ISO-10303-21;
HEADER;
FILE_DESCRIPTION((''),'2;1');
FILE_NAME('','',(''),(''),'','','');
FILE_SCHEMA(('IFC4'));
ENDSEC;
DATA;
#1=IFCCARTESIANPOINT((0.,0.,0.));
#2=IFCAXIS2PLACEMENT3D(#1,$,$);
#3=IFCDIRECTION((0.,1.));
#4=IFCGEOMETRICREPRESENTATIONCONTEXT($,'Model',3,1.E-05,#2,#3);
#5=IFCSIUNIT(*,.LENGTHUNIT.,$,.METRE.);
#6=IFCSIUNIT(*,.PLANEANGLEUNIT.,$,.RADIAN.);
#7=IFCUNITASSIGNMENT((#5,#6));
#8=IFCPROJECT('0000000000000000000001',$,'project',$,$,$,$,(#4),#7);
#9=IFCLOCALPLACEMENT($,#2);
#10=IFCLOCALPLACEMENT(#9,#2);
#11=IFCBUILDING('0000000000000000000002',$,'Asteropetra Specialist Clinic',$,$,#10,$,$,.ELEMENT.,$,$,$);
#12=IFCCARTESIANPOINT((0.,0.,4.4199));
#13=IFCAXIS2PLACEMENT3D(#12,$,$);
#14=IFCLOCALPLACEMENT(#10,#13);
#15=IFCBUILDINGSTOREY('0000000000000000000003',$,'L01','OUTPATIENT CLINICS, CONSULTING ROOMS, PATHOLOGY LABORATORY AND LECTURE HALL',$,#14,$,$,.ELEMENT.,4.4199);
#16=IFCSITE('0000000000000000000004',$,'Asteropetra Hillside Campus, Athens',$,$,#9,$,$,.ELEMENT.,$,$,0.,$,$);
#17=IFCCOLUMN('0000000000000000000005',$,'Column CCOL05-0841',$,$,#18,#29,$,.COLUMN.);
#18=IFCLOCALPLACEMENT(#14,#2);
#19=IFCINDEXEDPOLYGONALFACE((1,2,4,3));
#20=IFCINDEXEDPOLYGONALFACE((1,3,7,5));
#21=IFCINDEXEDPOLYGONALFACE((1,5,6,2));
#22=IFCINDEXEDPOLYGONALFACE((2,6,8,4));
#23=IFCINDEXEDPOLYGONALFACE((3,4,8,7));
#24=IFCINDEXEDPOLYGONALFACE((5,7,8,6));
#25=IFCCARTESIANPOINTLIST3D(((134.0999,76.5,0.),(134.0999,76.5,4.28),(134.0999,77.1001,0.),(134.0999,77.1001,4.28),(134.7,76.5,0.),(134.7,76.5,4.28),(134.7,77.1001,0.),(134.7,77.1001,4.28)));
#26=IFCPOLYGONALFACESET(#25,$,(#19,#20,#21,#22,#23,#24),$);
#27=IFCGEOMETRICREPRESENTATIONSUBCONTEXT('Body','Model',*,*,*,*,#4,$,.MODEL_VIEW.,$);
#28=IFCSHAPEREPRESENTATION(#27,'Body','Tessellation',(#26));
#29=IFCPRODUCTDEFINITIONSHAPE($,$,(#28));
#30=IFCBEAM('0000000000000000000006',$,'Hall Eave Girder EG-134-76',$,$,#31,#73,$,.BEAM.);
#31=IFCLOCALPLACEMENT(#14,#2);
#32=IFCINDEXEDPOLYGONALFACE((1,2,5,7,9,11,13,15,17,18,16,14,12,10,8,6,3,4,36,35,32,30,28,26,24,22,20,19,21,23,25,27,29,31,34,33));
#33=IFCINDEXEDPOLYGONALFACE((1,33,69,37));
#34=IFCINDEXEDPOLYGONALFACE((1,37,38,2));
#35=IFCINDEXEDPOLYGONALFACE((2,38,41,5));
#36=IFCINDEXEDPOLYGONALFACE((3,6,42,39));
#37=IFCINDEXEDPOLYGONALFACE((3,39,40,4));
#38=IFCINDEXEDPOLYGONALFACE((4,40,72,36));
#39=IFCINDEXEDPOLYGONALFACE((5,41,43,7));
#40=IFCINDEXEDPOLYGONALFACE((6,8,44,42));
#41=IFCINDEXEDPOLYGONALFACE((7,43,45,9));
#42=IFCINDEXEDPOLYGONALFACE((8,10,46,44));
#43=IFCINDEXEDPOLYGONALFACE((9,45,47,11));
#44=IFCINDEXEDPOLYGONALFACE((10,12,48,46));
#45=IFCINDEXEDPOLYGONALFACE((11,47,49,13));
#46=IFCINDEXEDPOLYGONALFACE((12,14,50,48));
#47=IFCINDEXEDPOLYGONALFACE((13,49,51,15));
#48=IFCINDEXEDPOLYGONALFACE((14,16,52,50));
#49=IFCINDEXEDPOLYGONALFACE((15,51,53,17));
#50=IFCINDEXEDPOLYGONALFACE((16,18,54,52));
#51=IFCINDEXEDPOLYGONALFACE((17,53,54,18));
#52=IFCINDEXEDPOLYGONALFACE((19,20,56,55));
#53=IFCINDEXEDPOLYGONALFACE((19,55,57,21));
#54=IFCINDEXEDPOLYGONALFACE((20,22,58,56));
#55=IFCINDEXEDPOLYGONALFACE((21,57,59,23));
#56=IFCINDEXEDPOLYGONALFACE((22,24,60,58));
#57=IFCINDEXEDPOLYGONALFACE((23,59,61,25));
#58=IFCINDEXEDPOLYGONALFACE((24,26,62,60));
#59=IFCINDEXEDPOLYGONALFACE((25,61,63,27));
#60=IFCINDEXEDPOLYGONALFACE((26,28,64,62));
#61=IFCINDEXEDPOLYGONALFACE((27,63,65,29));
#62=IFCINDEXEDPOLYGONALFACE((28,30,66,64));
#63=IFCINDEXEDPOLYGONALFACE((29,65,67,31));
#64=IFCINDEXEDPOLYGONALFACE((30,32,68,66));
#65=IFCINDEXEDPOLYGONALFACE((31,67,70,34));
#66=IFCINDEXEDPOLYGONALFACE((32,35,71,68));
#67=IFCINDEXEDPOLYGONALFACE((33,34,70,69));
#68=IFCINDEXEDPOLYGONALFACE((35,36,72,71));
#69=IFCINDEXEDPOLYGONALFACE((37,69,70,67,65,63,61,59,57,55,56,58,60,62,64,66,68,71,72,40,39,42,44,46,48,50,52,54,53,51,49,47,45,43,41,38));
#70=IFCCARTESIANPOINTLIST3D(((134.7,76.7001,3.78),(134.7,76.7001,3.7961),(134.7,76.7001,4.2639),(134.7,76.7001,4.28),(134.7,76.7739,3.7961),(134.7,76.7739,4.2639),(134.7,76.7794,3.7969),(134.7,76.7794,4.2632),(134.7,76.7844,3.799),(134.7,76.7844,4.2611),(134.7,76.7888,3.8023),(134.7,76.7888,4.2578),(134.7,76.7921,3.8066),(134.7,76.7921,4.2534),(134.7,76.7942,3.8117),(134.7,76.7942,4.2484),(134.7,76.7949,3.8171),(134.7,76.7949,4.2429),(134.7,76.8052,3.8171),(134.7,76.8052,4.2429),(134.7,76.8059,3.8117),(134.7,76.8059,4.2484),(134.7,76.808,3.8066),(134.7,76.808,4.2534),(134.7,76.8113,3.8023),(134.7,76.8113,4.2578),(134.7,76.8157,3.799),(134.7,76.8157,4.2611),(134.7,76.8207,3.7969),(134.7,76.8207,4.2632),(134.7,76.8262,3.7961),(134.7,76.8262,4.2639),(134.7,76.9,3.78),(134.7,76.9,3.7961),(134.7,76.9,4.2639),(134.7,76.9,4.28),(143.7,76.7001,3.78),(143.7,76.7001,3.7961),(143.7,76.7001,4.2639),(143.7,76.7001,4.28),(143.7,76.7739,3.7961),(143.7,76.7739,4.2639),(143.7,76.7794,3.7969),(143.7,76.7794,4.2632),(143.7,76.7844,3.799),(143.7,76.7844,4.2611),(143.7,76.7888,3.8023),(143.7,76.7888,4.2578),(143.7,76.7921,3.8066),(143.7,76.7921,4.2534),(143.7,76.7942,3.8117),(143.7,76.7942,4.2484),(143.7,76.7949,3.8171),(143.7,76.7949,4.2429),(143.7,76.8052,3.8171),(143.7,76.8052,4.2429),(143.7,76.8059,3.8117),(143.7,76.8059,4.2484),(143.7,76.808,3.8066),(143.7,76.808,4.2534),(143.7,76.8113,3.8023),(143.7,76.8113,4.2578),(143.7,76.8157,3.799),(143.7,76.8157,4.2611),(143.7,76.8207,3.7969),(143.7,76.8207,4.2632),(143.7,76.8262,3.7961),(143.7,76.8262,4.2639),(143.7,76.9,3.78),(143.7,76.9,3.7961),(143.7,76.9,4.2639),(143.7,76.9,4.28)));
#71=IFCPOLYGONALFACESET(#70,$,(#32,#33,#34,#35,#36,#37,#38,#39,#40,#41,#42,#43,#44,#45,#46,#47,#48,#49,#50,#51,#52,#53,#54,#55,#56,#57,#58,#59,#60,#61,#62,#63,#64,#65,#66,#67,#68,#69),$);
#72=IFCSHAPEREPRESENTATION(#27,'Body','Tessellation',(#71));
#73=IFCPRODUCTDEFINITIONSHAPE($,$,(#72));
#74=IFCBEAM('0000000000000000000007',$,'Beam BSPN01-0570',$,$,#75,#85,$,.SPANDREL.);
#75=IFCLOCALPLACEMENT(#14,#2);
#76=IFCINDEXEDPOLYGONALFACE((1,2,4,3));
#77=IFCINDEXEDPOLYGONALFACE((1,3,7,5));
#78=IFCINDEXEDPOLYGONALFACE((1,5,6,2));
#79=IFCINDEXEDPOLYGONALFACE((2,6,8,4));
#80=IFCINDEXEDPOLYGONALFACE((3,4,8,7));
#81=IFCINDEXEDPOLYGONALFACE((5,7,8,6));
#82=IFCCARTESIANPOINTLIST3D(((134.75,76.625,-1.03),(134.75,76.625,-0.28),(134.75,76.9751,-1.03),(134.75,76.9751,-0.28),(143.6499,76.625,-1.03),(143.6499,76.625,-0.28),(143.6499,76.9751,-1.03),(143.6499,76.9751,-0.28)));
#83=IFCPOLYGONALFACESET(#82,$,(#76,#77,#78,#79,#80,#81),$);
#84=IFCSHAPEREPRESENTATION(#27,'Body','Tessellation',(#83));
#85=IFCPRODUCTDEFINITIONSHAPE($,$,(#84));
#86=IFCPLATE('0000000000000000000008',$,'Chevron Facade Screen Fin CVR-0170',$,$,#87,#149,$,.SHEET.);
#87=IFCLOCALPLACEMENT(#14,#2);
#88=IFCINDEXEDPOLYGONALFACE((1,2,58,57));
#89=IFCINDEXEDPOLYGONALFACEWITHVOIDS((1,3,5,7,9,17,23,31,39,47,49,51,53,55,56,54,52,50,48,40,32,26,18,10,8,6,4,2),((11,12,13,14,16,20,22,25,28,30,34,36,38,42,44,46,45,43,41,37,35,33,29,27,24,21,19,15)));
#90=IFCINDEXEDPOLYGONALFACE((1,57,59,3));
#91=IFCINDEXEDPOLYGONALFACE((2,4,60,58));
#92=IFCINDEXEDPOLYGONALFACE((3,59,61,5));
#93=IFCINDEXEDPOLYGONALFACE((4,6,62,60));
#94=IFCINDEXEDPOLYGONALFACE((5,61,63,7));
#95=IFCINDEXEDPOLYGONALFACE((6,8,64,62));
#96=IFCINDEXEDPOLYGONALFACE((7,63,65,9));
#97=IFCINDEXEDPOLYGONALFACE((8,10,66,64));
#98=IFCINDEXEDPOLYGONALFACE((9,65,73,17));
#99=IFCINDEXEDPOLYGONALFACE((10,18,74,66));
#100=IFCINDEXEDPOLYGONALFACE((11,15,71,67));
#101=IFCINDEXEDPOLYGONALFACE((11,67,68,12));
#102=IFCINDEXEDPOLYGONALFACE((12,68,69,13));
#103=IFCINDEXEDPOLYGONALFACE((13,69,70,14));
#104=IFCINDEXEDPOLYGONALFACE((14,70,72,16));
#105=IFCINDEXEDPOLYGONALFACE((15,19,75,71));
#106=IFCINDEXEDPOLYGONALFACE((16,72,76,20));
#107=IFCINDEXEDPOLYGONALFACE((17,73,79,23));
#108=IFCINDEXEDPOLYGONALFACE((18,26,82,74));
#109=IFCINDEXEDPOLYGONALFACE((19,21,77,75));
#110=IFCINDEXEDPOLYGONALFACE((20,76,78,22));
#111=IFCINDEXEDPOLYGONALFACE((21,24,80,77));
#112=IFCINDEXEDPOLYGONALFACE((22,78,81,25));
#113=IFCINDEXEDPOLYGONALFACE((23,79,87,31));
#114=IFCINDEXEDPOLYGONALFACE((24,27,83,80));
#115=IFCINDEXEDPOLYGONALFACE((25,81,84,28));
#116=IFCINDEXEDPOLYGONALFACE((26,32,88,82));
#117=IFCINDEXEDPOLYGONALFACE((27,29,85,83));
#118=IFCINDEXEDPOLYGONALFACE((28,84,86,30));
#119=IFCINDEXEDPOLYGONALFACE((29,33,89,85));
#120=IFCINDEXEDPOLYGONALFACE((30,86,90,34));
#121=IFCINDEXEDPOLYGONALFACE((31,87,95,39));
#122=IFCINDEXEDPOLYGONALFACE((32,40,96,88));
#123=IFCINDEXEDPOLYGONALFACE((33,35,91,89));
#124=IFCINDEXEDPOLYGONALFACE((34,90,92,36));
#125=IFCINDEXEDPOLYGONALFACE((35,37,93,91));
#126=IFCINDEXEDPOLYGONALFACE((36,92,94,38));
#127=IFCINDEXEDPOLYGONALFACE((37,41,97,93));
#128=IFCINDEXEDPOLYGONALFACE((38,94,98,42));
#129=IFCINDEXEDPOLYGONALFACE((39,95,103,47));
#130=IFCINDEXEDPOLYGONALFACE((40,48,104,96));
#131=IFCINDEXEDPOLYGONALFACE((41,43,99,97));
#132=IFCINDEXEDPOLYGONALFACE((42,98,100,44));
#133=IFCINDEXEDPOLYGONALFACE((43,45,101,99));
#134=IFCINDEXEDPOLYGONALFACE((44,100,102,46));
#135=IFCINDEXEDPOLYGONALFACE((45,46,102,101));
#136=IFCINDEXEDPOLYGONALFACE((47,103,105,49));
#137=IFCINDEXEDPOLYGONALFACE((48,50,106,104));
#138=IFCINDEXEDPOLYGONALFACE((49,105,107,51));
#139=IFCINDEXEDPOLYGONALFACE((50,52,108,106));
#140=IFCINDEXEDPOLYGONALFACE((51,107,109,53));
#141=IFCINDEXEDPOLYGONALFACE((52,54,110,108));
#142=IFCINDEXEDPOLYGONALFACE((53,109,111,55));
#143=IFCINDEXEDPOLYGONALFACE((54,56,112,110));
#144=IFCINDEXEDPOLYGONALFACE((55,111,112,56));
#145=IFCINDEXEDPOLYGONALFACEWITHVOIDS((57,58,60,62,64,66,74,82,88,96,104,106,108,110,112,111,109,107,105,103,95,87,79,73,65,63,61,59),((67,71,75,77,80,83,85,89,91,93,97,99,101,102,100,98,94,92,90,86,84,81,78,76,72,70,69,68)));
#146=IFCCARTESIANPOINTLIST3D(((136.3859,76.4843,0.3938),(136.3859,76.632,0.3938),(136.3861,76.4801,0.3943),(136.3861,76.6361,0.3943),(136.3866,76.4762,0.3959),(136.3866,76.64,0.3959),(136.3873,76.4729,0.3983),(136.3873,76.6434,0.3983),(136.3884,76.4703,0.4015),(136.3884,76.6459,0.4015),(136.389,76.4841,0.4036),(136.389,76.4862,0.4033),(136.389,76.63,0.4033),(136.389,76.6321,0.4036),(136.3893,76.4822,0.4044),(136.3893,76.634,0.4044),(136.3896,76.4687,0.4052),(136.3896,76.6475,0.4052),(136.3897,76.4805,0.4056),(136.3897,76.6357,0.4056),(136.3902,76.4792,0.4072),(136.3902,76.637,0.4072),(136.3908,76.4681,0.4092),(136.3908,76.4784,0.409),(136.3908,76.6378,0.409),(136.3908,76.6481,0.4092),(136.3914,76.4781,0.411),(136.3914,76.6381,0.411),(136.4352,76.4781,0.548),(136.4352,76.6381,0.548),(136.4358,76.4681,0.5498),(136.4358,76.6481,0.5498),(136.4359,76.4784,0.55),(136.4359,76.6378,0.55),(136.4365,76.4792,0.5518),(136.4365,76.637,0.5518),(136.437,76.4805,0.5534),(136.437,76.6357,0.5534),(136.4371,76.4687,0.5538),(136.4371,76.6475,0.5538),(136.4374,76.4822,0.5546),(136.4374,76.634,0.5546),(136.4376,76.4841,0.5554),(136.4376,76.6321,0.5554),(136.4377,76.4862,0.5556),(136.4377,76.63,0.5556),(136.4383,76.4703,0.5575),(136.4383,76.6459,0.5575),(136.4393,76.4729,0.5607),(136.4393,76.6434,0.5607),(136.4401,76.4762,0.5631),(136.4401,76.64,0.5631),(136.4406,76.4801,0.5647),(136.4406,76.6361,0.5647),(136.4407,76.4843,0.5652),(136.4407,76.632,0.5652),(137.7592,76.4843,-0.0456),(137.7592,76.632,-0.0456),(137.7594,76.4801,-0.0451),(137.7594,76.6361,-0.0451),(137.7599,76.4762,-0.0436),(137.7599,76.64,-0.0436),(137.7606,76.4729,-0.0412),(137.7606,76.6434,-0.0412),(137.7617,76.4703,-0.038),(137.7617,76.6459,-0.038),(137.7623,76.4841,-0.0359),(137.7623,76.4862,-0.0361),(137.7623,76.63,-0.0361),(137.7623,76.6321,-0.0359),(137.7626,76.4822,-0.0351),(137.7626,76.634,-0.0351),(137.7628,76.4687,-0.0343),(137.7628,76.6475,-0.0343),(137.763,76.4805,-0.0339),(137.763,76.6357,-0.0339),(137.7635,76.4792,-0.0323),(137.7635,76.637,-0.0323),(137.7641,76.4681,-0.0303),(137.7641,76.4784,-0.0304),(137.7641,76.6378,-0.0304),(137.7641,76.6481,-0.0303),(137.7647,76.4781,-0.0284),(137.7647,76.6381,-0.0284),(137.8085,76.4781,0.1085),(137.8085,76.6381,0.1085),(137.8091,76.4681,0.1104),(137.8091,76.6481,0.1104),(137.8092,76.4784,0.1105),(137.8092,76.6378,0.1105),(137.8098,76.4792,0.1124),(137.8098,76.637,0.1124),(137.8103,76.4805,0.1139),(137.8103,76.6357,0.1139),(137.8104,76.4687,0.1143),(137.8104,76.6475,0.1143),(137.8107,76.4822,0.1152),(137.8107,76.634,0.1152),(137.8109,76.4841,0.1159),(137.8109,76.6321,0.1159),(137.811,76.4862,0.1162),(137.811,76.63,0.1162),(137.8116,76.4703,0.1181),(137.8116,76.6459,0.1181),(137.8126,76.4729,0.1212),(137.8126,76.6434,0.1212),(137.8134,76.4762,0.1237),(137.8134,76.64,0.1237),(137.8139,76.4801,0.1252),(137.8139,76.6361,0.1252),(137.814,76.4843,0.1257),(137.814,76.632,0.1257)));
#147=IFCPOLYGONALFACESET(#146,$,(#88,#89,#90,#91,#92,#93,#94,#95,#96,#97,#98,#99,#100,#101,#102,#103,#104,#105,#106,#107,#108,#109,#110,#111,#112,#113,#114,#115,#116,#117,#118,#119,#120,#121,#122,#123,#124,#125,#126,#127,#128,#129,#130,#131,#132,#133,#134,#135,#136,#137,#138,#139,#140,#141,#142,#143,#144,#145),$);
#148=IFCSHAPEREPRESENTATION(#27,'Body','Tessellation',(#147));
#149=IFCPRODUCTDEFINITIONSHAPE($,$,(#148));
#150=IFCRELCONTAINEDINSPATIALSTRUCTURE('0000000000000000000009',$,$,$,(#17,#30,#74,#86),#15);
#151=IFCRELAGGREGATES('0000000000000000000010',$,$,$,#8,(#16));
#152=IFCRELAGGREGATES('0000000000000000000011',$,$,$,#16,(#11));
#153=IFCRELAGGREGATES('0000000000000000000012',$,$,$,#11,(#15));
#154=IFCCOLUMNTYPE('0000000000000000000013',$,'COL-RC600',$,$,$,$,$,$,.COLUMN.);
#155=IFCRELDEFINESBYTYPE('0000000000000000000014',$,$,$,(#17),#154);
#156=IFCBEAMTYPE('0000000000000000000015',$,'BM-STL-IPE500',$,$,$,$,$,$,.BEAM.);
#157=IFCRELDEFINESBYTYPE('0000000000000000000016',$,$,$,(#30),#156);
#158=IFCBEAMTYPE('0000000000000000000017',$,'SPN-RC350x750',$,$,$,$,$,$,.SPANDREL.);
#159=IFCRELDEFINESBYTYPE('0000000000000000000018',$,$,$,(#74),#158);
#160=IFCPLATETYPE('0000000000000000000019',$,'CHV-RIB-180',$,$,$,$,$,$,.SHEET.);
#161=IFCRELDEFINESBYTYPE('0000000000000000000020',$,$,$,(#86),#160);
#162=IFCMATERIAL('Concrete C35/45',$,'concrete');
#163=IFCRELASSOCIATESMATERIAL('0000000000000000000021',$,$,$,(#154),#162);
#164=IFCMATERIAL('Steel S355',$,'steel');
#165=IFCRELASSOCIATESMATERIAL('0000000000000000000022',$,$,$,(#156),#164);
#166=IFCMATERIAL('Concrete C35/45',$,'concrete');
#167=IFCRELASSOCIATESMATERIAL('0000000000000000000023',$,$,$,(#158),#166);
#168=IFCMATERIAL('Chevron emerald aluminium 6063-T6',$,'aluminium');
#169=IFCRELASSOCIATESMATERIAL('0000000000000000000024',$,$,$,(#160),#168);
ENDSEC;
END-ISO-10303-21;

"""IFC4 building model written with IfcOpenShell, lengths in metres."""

from ifc_helpers import new_model, si_unit, direction, frame, origin, origin_2d, place, context, subcontext, project, spatial, rectangle, hollow_rectangle, i_section, extrude, material, material_profile, profile_set, type_object, element, save


model = new_model("IFC4")

# Units and contexts
model_context = context("Model", 3, precision=1e-05, world=origin(), true_north=direction((0.0, 1.0)))
body_context = subcontext(model_context, "Body", "Model", "MODEL_VIEW")
ifc_project = project(units=[si_unit("LENGTHUNIT", "METRE"), si_unit("PLANEANGLEUNIT", "RADIAN")], contexts=[model_context])

# Site, building, storey
site_placement = place(None, origin())
site = spatial("IfcSite", under=ifc_project, at=site_placement, Name="Asteropetra Hillside Campus, Athens", CompositionType="ELEMENT", RefElevation=0.0)
building_placement = place(site_placement, origin())
building = spatial("IfcBuilding", under=site, at=building_placement, Name="Asteropetra Specialist Clinic", CompositionType="ELEMENT")
storey_placement = place(building_placement, frame((0.0, 0.0, 4.4199)))
storey = spatial("IfcBuildingStorey", under=building, at=storey_placement, Name="L01", Description="OUTPATIENT CLINICS, CONSULTING ROOMS, PATHOLOGY LABORATORY AND LECTURE HALL", CompositionType="ELEMENT", Elevation=4.4199)

# Column
ifc_material_1 = material(Name="Concrete C35/45", Category="concrete")
ifc_material_profile_1 = material_profile(ifc_material_1, rectangle(XDim=0.6001, YDim=0.6001, at=origin_2d()), Name="RC 600x600")
ifc_profile_set_1 = profile_set([ifc_material_profile_1], Name="Concrete C35/45")
column_type = type_object("IfcColumnType", Name="COL-RC600", PredefinedType="COLUMN", material=ifc_profile_set_1)
column_placement = place(storey_placement, frame((134.3999, 76.8, 0.0), z_axis=(0.0, 0.0, 1.0), x_axis=(1.0, 0.0, 0.0)))
element("IfcColumn", 1, at=column_placement, inside=storey, type_object=column_type, Name="Column CCOL05-0841", PredefinedType="COLUMN", context=body_context, shape_type="SweptSolid", body=[
    extrude(rectangle(XDim=0.6001, YDim=0.6001, at=origin_2d()), origin(), (0.0, 0.0, 1.0), 4.28),
])

# Beams
ifc_material_2 = material(Name="Steel S355", Category="steel")
ifc_material_profile_2 = material_profile(ifc_material_2, i_section(OverallWidth=0.2, OverallDepth=0.5, WebThickness=0.0103, FlangeThickness=0.0161, FilletRadius=0.021, at=origin_2d()), Name="IPE 500")
ifc_profile_set_2 = profile_set([ifc_material_profile_2], Name="Steel S355")
beam_type_1 = type_object("IfcBeamType", Name="BM-STL-IPE500", PredefinedType="BEAM", material=ifc_profile_set_2)
beam_1_placement = place(storey_placement, frame((134.7, 76.8, 4.03), z_axis=(1.0, 0.0, 0.0), x_axis=(0.0, 1.0, 0.0)))
element("IfcBeam", 2, at=beam_1_placement, inside=storey, type_object=beam_type_1, Name="Hall Eave Girder EG-134-76", PredefinedType="BEAM", context=body_context, shape_type="SweptSolid", body=[
    extrude(i_section(OverallWidth=0.2, OverallDepth=0.5, WebThickness=0.0103, FlangeThickness=0.0161, FilletRadius=0.021, at=origin_2d()), origin(), (0.0, 0.0, 1.0), 9.0),
])
ifc_material_3 = material(Name="Concrete C35/45", Category="concrete")
ifc_material_profile_3 = material_profile(ifc_material_3, rectangle(XDim=0.3501, YDim=0.75, at=origin_2d()), Name="RCS 350x750")
ifc_profile_set_3 = profile_set([ifc_material_profile_3], Name="Concrete C35/45")
beam_type_2 = type_object("IfcBeamType", Name="SPN-RC350x750", PredefinedType="SPANDREL", material=ifc_profile_set_3)
beam_2_placement = place(storey_placement, frame((134.75, 76.8, -0.655), z_axis=(1.0, 0.0, 0.0), x_axis=(0.0, 1.0, 0.0)))
element("IfcBeam", 3, at=beam_2_placement, inside=storey, type_object=beam_type_2, Name="Beam BSPN01-0570", PredefinedType="SPANDREL", context=body_context, shape_type="SweptSolid", body=[
    extrude(rectangle(XDim=0.3501, YDim=0.75, at=origin_2d()), origin(), (0.0, 0.0, 1.0), 8.8999),
])

# Plate
ifc_material_4 = material(Name="Chevron emerald aluminium 6063-T6", Category="aluminium")
ifc_material_profile_4 = material_profile(ifc_material_4, hollow_rectangle(XDim=0.1799, YDim=0.1799, WallThickness=0.01, InnerFilletRadius=0.0081, OuterFilletRadius=0.0161, at=origin_2d()), Name="SHS 180x180x10.0")
ifc_profile_set_4 = profile_set([ifc_material_profile_4], Name="Chevron emerald aluminium 6063-T6")
plate_type = type_object("IfcPlateType", Name="CHV-RIB-180", PredefinedType="SHEET", material=ifc_profile_set_4)
plate_1_placement = place(storey_placement, frame((136.4133, 76.5581, 0.4795), z_axis=(0.952424, 0.0, -0.304776), x_axis=(0.0, 1.0, 0.0)))
element("IfcPlate", 4, at=plate_1_placement, inside=storey, type_object=plate_type, Name="Chevron Facade Screen Fin CVR-0170", PredefinedType="SHEET", context=body_context, shape_type="SweptSolid", body=[
    extrude(hollow_rectangle(XDim=0.1799, YDim=0.1799, WallThickness=0.01, InnerFilletRadius=0.0081, OuterFilletRadius=0.0161, at=origin_2d()), origin(), (0.0, 0.0, 1.0), 1.4419),
])

save(model, "model.ifc")
